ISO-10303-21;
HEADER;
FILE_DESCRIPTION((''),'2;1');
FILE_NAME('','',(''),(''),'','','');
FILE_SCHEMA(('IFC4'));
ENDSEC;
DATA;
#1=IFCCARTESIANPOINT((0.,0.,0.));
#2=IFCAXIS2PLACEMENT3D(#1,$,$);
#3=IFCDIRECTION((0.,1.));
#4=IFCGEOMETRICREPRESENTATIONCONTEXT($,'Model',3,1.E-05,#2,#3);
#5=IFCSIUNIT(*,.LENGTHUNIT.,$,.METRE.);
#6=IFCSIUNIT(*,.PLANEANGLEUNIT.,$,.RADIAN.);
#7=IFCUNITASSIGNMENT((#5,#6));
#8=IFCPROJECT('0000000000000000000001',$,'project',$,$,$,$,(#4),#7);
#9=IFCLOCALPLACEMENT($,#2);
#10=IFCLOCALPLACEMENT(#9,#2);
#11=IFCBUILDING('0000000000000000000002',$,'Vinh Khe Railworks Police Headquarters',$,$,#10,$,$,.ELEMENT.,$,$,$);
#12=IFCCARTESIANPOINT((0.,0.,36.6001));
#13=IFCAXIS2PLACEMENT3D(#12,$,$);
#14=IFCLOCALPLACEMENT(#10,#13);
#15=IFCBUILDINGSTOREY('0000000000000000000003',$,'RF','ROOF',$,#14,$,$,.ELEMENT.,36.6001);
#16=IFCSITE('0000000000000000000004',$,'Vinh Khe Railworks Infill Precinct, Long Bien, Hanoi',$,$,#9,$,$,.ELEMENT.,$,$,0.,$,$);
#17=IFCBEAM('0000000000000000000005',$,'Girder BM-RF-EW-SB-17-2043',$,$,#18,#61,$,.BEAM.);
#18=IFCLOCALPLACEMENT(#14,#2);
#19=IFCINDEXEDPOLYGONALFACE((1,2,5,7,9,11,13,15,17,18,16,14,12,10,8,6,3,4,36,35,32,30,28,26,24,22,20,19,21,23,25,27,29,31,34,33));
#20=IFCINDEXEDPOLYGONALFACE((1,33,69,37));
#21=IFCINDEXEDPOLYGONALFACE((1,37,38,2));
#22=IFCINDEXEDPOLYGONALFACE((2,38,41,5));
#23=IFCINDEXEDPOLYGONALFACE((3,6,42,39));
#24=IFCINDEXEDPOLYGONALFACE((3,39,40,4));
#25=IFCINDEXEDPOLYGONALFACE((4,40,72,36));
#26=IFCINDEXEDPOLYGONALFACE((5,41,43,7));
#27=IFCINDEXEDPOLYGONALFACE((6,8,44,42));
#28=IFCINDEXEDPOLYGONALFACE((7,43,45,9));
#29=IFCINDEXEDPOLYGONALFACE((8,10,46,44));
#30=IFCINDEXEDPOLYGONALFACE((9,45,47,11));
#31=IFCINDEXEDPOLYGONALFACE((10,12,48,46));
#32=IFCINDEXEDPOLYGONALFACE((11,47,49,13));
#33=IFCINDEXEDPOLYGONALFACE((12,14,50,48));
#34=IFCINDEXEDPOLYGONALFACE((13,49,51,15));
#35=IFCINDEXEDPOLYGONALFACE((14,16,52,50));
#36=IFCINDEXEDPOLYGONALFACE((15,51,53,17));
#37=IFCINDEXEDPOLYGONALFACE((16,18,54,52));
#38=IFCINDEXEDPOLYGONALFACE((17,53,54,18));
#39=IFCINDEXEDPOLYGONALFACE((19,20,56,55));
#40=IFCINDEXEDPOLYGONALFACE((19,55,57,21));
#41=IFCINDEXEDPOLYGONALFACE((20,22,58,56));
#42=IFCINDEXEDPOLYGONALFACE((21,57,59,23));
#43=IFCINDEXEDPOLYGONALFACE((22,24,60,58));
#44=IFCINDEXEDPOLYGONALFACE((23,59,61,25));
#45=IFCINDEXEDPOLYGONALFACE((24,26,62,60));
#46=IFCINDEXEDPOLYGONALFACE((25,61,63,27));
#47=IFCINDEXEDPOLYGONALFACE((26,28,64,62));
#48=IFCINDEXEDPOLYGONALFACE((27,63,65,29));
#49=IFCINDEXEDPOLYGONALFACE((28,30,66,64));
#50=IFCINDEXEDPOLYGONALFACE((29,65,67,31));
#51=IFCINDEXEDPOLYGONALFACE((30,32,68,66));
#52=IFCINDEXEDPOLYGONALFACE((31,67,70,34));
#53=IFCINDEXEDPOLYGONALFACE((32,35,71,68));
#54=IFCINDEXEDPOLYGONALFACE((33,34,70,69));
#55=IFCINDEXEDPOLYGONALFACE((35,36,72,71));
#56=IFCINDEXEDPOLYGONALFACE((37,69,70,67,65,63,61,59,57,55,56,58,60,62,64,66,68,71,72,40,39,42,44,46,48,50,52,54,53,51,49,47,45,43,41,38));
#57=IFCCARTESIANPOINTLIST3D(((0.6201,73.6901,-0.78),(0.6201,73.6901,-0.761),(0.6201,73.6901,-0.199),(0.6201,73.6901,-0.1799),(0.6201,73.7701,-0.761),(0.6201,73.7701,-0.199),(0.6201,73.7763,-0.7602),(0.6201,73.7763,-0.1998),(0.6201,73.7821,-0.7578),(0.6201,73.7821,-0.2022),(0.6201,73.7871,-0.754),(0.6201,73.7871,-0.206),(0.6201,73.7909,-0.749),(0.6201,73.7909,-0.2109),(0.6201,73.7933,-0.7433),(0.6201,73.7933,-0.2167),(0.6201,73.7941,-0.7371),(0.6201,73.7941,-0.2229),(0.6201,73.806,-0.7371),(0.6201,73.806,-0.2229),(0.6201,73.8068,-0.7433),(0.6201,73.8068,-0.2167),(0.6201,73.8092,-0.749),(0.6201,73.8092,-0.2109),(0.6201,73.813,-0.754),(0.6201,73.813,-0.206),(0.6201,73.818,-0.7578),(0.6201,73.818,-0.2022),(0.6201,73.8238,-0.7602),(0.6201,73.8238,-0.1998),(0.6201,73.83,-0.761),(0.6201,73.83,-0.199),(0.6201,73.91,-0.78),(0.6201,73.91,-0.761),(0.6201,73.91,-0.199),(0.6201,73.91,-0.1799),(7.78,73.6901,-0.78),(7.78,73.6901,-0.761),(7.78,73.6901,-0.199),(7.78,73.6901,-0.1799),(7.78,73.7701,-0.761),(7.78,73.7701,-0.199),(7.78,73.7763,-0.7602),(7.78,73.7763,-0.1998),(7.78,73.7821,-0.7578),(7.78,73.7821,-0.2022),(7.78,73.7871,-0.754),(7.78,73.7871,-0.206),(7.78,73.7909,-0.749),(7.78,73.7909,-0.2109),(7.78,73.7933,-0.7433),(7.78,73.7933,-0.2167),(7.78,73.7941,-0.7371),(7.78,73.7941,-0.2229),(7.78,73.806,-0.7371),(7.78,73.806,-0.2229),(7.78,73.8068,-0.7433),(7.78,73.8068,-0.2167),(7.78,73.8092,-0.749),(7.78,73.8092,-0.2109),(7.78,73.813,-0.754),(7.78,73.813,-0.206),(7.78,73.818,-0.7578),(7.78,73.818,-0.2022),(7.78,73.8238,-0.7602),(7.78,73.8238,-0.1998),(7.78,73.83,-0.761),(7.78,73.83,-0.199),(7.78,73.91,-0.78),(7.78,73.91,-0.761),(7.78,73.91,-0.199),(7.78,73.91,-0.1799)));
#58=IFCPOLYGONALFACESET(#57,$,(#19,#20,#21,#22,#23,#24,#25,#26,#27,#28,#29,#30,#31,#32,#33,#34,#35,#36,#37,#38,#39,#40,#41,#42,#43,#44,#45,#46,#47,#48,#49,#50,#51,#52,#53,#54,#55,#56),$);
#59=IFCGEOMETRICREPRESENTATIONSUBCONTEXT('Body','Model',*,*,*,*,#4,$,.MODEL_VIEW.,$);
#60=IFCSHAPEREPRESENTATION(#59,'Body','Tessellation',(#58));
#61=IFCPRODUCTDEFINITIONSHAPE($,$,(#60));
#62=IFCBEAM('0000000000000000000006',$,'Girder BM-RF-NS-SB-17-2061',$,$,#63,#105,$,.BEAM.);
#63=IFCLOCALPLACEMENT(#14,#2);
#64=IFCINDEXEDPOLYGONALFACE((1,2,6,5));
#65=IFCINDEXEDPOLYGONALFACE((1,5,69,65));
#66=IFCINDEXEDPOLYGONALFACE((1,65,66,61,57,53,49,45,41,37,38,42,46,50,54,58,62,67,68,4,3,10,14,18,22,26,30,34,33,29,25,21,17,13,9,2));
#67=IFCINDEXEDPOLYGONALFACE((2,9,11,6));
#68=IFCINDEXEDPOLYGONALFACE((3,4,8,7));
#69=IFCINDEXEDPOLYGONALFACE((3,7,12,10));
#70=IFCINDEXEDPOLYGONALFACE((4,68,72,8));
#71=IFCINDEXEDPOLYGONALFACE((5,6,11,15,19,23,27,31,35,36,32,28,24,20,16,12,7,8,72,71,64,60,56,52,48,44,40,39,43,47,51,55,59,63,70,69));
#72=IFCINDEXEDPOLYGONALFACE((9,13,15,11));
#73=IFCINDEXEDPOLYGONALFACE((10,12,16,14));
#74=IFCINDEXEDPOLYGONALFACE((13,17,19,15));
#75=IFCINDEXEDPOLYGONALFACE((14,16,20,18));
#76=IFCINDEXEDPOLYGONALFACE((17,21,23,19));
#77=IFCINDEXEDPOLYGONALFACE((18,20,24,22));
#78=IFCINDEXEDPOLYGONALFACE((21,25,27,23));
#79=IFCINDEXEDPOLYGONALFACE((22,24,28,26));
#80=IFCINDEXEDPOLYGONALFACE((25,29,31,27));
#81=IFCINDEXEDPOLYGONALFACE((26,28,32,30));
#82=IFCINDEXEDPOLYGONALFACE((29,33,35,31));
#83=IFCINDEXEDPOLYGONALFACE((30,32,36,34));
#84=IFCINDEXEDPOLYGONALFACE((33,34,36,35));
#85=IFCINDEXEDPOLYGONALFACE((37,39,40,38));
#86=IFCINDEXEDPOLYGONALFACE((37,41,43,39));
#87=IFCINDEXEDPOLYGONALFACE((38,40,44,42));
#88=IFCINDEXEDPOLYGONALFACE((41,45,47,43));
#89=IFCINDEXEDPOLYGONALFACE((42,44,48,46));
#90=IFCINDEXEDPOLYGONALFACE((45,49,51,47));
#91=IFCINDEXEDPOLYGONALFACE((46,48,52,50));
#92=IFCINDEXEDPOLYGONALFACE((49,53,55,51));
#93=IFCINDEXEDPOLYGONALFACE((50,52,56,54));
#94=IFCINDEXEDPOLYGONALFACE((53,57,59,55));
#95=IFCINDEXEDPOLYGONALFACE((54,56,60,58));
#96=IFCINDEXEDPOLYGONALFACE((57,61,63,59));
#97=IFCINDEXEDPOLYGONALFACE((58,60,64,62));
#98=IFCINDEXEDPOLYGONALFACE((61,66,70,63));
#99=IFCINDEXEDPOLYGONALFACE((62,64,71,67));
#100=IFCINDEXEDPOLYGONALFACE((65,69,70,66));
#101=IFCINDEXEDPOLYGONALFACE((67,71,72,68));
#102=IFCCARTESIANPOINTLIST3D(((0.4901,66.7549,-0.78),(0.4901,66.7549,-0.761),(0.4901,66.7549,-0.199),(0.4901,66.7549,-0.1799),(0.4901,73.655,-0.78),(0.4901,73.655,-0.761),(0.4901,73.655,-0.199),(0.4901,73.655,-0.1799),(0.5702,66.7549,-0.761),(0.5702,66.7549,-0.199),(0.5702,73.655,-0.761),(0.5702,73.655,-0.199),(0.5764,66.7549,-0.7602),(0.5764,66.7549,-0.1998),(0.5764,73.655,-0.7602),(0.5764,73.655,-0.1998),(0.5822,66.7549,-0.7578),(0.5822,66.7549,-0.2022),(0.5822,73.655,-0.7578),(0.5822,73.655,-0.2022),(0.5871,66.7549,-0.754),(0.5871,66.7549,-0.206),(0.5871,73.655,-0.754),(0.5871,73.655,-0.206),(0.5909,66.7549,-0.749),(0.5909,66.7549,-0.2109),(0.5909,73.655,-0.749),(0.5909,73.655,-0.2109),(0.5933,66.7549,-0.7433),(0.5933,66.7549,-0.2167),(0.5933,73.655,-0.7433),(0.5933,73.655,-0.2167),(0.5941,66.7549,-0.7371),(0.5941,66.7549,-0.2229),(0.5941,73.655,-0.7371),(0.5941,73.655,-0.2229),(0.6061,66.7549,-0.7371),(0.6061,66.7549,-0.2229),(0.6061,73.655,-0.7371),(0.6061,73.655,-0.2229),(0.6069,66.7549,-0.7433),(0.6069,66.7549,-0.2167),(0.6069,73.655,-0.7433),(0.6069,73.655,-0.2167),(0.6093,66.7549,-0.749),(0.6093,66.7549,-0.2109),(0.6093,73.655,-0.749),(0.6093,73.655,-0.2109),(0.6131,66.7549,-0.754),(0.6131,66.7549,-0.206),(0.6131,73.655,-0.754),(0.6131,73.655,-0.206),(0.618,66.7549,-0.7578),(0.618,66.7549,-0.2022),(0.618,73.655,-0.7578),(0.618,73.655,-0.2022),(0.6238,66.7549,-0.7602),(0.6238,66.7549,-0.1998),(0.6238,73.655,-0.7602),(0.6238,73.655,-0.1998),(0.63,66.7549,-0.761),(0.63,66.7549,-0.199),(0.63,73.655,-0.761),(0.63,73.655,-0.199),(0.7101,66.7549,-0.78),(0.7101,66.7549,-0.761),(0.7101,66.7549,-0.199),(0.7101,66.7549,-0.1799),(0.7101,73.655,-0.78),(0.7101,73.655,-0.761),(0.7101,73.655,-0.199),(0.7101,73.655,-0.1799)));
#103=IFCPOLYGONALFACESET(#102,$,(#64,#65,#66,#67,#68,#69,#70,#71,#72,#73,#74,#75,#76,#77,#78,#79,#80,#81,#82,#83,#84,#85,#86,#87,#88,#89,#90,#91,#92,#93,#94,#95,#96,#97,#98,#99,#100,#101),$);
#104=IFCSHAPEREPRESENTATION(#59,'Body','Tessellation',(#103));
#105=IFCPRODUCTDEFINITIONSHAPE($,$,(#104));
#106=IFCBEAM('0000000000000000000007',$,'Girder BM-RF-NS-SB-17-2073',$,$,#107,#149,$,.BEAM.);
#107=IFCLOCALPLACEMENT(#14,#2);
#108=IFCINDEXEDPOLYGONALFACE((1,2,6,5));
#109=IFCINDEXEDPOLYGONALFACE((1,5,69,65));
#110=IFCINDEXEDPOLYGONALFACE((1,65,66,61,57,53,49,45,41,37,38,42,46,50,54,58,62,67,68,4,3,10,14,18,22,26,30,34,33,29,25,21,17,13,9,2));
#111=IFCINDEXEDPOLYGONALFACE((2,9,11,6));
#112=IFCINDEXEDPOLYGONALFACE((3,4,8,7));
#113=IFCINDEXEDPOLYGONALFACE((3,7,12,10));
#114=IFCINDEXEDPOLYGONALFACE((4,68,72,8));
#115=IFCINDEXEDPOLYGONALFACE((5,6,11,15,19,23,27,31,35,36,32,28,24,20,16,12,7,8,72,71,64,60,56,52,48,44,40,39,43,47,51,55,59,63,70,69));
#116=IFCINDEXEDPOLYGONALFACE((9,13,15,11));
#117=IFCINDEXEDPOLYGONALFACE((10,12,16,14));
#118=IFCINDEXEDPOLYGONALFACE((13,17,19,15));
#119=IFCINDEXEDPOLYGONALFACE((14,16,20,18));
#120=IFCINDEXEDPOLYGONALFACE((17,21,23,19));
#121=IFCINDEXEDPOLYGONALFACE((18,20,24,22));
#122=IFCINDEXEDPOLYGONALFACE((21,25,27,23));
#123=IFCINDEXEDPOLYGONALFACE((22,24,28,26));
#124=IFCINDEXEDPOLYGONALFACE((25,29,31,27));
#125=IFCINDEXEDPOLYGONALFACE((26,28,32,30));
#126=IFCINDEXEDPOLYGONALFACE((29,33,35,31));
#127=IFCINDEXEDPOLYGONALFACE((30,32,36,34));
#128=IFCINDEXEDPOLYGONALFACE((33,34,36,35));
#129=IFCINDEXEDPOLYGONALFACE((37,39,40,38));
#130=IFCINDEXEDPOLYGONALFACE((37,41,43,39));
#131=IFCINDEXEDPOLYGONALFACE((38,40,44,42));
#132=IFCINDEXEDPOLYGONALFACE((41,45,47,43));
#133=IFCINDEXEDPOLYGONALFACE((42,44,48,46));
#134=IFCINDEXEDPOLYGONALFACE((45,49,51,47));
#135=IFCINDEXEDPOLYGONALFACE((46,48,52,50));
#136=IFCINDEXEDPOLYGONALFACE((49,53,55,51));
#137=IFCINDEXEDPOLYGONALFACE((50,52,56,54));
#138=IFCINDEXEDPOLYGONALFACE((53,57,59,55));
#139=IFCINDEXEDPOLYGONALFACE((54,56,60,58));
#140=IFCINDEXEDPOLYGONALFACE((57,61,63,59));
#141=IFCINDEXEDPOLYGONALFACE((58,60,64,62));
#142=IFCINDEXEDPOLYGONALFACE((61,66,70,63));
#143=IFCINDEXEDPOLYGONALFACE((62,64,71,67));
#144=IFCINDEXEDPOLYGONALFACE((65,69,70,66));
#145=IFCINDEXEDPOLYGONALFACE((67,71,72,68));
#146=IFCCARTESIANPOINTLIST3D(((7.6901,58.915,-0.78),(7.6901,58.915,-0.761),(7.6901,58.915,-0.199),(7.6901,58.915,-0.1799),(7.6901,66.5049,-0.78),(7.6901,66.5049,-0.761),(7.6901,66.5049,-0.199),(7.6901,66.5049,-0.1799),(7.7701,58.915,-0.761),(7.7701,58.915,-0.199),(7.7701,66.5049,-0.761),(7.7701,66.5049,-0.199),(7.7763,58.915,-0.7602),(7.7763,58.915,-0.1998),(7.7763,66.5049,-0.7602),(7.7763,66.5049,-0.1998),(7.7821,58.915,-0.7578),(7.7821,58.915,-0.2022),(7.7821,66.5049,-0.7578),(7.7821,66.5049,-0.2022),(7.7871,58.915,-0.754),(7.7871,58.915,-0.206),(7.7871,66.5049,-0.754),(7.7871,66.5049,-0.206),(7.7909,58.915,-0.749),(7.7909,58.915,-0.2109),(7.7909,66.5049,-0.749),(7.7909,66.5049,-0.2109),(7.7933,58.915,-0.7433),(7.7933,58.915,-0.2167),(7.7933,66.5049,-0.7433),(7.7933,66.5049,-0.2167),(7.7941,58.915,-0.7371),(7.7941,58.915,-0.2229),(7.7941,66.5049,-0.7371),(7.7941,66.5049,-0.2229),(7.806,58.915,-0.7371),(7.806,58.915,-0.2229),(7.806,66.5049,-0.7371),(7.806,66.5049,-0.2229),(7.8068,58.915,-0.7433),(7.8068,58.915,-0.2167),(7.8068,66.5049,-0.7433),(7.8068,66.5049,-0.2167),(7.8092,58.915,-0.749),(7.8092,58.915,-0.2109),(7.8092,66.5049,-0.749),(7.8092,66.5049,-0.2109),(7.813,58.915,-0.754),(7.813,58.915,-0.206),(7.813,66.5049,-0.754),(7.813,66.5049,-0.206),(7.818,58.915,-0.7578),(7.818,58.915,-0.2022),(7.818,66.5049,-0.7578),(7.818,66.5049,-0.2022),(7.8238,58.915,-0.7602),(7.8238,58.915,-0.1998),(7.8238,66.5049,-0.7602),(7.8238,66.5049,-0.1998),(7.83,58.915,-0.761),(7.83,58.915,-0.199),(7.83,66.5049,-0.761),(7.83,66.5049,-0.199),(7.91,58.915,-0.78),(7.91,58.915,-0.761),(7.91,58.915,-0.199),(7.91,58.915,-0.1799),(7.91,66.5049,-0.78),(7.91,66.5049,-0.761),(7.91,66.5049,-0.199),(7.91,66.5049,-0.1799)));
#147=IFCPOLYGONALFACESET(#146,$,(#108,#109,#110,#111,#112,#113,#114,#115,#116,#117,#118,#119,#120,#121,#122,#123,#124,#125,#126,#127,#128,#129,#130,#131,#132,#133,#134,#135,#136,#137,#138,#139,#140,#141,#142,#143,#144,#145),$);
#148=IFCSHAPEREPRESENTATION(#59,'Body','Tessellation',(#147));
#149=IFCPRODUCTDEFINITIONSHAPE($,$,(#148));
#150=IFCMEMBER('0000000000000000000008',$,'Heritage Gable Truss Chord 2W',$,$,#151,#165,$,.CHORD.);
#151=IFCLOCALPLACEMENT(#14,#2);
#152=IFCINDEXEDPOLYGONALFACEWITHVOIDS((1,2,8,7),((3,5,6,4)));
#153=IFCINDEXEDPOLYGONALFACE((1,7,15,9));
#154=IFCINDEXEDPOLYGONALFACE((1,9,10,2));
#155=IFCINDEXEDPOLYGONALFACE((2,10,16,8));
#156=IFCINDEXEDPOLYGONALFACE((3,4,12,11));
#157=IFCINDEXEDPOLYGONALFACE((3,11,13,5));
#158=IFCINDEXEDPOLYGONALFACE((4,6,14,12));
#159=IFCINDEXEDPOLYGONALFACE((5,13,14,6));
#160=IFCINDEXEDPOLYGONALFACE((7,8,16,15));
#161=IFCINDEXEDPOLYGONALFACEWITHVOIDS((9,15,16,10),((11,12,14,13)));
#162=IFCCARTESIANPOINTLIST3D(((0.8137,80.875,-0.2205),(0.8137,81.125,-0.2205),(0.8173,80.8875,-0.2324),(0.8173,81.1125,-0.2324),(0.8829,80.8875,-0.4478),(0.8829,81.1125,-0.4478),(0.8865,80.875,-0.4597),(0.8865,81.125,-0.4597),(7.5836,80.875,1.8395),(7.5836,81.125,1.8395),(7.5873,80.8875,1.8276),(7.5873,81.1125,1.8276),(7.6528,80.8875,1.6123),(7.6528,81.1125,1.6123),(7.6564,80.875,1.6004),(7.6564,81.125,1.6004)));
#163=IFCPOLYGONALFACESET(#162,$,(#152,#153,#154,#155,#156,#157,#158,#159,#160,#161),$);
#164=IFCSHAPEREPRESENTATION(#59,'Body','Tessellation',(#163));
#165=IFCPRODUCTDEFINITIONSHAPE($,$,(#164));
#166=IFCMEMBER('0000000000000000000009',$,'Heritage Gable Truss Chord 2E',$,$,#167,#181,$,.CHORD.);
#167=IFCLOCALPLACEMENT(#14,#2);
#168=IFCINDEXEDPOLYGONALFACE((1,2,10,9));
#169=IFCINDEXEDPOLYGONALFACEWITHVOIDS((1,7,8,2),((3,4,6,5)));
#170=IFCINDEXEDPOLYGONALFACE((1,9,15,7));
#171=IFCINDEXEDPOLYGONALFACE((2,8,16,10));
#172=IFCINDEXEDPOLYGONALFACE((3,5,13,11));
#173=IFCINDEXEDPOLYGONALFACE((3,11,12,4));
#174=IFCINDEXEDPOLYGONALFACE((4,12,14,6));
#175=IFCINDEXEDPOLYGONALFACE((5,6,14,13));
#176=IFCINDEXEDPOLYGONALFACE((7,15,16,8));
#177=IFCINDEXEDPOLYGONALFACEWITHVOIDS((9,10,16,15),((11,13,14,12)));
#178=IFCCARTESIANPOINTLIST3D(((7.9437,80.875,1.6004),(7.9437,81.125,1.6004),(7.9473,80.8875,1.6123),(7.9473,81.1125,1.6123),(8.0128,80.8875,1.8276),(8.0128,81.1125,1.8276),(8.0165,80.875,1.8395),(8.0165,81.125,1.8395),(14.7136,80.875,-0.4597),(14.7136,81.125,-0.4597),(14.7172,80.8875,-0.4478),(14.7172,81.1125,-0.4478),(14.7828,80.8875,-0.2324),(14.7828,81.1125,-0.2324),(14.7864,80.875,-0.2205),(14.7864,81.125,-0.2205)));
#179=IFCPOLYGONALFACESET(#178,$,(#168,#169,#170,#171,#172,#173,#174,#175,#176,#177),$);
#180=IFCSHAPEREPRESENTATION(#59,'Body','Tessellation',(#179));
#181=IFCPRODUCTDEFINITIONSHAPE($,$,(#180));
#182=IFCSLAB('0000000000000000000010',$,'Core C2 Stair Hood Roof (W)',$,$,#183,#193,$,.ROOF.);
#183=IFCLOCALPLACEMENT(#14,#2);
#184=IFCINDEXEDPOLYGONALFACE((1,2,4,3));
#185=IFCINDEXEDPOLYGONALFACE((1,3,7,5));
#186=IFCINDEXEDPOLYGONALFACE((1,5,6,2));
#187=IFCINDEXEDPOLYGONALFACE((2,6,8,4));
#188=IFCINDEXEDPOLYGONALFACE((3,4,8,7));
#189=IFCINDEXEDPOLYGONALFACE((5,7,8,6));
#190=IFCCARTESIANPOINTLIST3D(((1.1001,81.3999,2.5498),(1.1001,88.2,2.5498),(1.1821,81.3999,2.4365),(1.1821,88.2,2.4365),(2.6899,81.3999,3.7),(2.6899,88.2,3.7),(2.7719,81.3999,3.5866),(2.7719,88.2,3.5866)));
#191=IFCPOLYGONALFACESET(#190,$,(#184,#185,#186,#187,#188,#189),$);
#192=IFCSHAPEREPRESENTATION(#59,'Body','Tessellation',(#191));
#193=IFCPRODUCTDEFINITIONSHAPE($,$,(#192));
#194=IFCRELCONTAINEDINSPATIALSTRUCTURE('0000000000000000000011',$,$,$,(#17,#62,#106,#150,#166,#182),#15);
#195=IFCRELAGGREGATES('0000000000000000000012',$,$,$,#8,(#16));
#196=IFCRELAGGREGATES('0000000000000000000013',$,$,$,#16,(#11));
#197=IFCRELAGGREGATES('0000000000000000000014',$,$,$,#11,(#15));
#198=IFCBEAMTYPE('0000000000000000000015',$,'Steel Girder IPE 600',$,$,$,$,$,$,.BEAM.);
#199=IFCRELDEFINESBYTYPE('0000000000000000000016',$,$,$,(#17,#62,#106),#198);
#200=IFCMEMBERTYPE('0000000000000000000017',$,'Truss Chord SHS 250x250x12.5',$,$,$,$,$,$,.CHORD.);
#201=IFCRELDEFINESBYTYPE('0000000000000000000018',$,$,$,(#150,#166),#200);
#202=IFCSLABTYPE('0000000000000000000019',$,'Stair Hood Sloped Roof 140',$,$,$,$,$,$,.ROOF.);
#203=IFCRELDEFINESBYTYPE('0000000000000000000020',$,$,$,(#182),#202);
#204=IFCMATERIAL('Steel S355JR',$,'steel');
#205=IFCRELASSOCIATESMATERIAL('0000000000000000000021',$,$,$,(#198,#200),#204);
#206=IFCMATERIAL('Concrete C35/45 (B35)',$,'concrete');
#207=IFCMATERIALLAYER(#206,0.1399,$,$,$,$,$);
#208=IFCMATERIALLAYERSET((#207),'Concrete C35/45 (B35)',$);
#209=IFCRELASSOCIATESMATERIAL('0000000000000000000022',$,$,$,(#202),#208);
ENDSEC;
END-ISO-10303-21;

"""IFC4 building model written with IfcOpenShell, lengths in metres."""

from ifc_helpers import new_model, si_unit, direction, frame, origin, origin_2d, place, context, subcontext, project, spatial, polyline, hollow_rectangle, i_section, outline, extrude, material, layer, layer_set, material_profile, profile_set, type_object, element, save


model = new_model("IFC4")

# Units and contexts
model_context = context("Model", 3, precision=1e-05, world=origin(), true_north=direction((0.0, 1.0)))
body_context = subcontext(model_context, "Body", "Model", "MODEL_VIEW")
ifc_project = project(units=[si_unit("LENGTHUNIT", "METRE"), si_unit("PLANEANGLEUNIT", "RADIAN")], contexts=[model_context])

# Site, building, storey
site_placement = place(None, origin())
site = spatial("IfcSite", under=ifc_project, at=site_placement, Name="Vinh Khe Railworks Infill Precinct, Long Bien, Hanoi", CompositionType="ELEMENT", RefElevation=0.0)
building_placement = place(site_placement, origin())
building = spatial("IfcBuilding", under=site, at=building_placement, Name="Vinh Khe Railworks Police Headquarters", CompositionType="ELEMENT")
storey_placement = place(building_placement, frame((0.0, 0.0, 36.6001)))
storey = spatial("IfcBuildingStorey", under=building, at=storey_placement, Name="RF", Description="ROOF", CompositionType="ELEMENT", Elevation=36.6001)

# Shared definitions
ifc_material_1 = material(Name="Steel S355JR", Category="steel")

# Beams
ifc_material_profile_1 = material_profile(ifc_material_1, i_section(OverallWidth=0.22, OverallDepth=0.6001, WebThickness=0.012, FlangeThickness=0.019, FilletRadius=0.0239, at=origin_2d()), Name="IPE 600")
ifc_profile_set_1 = profile_set([ifc_material_profile_1], Name="Steel S355JR")
beam_type_1 = type_object("IfcBeamType", Name="Steel Girder IPE 600", PredefinedType="BEAM", material=ifc_profile_set_1)
beam_1_placement = place(storey_placement, frame((0.6201, 73.8, -0.48), z_axis=(1.0, 0.0, 0.0), x_axis=(0.0, 1.0, 0.0)))
element("IfcBeam", 1, at=beam_1_placement, inside=storey, type_object=beam_type_1, Name="Girder BM-RF-EW-SB-17-2043", PredefinedType="BEAM", context=body_context, shape_type="SweptSolid", body=[
    extrude(i_section(OverallWidth=0.22, OverallDepth=0.6001, WebThickness=0.012, FlangeThickness=0.019, FilletRadius=0.0239, at=origin_2d()), origin(), (0.0, 0.0, 1.0), 7.1599),
])
beam_2_placement = place(storey_placement, frame((0.6001, 66.7549, -0.48), z_axis=(0.0, 1.0, 0.0), x_axis=(-1.0, 0.0, 0.0)))
element("IfcBeam", 2, at=beam_2_placement, inside=storey, type_object=beam_type_1, Name="Girder BM-RF-NS-SB-17-2061", PredefinedType="BEAM", context=body_context, shape_type="SweptSolid", body=[
    extrude(i_section(OverallWidth=0.22, OverallDepth=0.6001, WebThickness=0.012, FlangeThickness=0.019, FilletRadius=0.0239, at=origin_2d()), origin(), (0.0, 0.0, 1.0), 6.9001),
])
beam_3_placement = place(storey_placement, frame((7.8, 58.915, -0.48), z_axis=(0.0, 1.0, 0.0), x_axis=(-1.0, 0.0, 0.0)))
element("IfcBeam", 3, at=beam_3_placement, inside=storey, type_object=beam_type_1, Name="Girder BM-RF-NS-SB-17-2073", PredefinedType="BEAM", context=body_context, shape_type="SweptSolid", body=[
    extrude(i_section(OverallWidth=0.22, OverallDepth=0.6001, WebThickness=0.012, FlangeThickness=0.019, FilletRadius=0.0239, at=origin_2d()), origin(), (0.0, 0.0, 1.0), 7.5898),
])

# Members
ifc_material_profile_2 = material_profile(ifc_material_1, hollow_rectangle(XDim=0.25, YDim=0.25, WallThickness=0.0125, at=origin_2d()), Name="SHS 250x250x12.5")
ifc_profile_set_2 = profile_set([ifc_material_profile_2], Name="Steel S355JR")
member_type_1 = type_object("IfcMemberType", Name="Truss Chord SHS 250x250x12.5", PredefinedType="CHORD", material=ifc_profile_set_2)
for number, where, z_axis, x_axis, name in (
    (4, (0.8501, 81.0, -0.3401), (0.956689, 0.0, 0.291112), (0.0, 1.0, 0.0), "Heritage Gable Truss Chord 2W"),
    (5, (14.75, 81.0, -0.3401), (-0.956689, 0.0, 0.291112), (0.0, -1.0, 0.0), "Heritage Gable Truss Chord 2E"),
):
    element("IfcMember", number, at=place(storey_placement, frame(where, z_axis=z_axis, x_axis=x_axis)), inside=storey, type_object=member_type_1, Name=name, PredefinedType="CHORD", context=body_context, shape_type="SweptSolid", body=[
        extrude(hollow_rectangle(XDim=0.25, YDim=0.25, WallThickness=0.0125, at=origin_2d()), origin(), (0.0, 0.0, 1.0), 7.0764),
    ])

# Slab
ifc_material_2 = material(Name="Concrete C35/45 (B35)", Category="concrete")
ifc_layer_1 = layer(ifc_material_2, 0.1399)
ifc_layer_set_1 = layer_set([ifc_layer_1], Name="Concrete C35/45 (B35)")
slab_type = type_object("IfcSlabType", Name="Stair Hood Sloped Roof 140", PredefinedType="ROOF", material=ifc_layer_set_1)
slab_1_placement = place(storey_placement, frame((1.1001, 81.3999, 2.5498), z_axis=(-0.586135, 0.0, 0.810213), x_axis=(0.810213, 0.0, 0.586135)))
element("IfcSlab", 6, at=slab_1_placement, inside=storey, type_object=slab_type, Name="Core C2 Stair Hood Roof (W)", PredefinedType="ROOF", context=body_context, shape_type="SweptSolid", body=[
    extrude(outline(polyline([(0.0, 0.0), (1.9623, 0.0), (1.9623, 6.8), (0.0, 6.8), (0.0, 0.0)])), origin(), (0.0, 0.0, -1.0), 0.1399),
])

save(model, "model.ifc")
